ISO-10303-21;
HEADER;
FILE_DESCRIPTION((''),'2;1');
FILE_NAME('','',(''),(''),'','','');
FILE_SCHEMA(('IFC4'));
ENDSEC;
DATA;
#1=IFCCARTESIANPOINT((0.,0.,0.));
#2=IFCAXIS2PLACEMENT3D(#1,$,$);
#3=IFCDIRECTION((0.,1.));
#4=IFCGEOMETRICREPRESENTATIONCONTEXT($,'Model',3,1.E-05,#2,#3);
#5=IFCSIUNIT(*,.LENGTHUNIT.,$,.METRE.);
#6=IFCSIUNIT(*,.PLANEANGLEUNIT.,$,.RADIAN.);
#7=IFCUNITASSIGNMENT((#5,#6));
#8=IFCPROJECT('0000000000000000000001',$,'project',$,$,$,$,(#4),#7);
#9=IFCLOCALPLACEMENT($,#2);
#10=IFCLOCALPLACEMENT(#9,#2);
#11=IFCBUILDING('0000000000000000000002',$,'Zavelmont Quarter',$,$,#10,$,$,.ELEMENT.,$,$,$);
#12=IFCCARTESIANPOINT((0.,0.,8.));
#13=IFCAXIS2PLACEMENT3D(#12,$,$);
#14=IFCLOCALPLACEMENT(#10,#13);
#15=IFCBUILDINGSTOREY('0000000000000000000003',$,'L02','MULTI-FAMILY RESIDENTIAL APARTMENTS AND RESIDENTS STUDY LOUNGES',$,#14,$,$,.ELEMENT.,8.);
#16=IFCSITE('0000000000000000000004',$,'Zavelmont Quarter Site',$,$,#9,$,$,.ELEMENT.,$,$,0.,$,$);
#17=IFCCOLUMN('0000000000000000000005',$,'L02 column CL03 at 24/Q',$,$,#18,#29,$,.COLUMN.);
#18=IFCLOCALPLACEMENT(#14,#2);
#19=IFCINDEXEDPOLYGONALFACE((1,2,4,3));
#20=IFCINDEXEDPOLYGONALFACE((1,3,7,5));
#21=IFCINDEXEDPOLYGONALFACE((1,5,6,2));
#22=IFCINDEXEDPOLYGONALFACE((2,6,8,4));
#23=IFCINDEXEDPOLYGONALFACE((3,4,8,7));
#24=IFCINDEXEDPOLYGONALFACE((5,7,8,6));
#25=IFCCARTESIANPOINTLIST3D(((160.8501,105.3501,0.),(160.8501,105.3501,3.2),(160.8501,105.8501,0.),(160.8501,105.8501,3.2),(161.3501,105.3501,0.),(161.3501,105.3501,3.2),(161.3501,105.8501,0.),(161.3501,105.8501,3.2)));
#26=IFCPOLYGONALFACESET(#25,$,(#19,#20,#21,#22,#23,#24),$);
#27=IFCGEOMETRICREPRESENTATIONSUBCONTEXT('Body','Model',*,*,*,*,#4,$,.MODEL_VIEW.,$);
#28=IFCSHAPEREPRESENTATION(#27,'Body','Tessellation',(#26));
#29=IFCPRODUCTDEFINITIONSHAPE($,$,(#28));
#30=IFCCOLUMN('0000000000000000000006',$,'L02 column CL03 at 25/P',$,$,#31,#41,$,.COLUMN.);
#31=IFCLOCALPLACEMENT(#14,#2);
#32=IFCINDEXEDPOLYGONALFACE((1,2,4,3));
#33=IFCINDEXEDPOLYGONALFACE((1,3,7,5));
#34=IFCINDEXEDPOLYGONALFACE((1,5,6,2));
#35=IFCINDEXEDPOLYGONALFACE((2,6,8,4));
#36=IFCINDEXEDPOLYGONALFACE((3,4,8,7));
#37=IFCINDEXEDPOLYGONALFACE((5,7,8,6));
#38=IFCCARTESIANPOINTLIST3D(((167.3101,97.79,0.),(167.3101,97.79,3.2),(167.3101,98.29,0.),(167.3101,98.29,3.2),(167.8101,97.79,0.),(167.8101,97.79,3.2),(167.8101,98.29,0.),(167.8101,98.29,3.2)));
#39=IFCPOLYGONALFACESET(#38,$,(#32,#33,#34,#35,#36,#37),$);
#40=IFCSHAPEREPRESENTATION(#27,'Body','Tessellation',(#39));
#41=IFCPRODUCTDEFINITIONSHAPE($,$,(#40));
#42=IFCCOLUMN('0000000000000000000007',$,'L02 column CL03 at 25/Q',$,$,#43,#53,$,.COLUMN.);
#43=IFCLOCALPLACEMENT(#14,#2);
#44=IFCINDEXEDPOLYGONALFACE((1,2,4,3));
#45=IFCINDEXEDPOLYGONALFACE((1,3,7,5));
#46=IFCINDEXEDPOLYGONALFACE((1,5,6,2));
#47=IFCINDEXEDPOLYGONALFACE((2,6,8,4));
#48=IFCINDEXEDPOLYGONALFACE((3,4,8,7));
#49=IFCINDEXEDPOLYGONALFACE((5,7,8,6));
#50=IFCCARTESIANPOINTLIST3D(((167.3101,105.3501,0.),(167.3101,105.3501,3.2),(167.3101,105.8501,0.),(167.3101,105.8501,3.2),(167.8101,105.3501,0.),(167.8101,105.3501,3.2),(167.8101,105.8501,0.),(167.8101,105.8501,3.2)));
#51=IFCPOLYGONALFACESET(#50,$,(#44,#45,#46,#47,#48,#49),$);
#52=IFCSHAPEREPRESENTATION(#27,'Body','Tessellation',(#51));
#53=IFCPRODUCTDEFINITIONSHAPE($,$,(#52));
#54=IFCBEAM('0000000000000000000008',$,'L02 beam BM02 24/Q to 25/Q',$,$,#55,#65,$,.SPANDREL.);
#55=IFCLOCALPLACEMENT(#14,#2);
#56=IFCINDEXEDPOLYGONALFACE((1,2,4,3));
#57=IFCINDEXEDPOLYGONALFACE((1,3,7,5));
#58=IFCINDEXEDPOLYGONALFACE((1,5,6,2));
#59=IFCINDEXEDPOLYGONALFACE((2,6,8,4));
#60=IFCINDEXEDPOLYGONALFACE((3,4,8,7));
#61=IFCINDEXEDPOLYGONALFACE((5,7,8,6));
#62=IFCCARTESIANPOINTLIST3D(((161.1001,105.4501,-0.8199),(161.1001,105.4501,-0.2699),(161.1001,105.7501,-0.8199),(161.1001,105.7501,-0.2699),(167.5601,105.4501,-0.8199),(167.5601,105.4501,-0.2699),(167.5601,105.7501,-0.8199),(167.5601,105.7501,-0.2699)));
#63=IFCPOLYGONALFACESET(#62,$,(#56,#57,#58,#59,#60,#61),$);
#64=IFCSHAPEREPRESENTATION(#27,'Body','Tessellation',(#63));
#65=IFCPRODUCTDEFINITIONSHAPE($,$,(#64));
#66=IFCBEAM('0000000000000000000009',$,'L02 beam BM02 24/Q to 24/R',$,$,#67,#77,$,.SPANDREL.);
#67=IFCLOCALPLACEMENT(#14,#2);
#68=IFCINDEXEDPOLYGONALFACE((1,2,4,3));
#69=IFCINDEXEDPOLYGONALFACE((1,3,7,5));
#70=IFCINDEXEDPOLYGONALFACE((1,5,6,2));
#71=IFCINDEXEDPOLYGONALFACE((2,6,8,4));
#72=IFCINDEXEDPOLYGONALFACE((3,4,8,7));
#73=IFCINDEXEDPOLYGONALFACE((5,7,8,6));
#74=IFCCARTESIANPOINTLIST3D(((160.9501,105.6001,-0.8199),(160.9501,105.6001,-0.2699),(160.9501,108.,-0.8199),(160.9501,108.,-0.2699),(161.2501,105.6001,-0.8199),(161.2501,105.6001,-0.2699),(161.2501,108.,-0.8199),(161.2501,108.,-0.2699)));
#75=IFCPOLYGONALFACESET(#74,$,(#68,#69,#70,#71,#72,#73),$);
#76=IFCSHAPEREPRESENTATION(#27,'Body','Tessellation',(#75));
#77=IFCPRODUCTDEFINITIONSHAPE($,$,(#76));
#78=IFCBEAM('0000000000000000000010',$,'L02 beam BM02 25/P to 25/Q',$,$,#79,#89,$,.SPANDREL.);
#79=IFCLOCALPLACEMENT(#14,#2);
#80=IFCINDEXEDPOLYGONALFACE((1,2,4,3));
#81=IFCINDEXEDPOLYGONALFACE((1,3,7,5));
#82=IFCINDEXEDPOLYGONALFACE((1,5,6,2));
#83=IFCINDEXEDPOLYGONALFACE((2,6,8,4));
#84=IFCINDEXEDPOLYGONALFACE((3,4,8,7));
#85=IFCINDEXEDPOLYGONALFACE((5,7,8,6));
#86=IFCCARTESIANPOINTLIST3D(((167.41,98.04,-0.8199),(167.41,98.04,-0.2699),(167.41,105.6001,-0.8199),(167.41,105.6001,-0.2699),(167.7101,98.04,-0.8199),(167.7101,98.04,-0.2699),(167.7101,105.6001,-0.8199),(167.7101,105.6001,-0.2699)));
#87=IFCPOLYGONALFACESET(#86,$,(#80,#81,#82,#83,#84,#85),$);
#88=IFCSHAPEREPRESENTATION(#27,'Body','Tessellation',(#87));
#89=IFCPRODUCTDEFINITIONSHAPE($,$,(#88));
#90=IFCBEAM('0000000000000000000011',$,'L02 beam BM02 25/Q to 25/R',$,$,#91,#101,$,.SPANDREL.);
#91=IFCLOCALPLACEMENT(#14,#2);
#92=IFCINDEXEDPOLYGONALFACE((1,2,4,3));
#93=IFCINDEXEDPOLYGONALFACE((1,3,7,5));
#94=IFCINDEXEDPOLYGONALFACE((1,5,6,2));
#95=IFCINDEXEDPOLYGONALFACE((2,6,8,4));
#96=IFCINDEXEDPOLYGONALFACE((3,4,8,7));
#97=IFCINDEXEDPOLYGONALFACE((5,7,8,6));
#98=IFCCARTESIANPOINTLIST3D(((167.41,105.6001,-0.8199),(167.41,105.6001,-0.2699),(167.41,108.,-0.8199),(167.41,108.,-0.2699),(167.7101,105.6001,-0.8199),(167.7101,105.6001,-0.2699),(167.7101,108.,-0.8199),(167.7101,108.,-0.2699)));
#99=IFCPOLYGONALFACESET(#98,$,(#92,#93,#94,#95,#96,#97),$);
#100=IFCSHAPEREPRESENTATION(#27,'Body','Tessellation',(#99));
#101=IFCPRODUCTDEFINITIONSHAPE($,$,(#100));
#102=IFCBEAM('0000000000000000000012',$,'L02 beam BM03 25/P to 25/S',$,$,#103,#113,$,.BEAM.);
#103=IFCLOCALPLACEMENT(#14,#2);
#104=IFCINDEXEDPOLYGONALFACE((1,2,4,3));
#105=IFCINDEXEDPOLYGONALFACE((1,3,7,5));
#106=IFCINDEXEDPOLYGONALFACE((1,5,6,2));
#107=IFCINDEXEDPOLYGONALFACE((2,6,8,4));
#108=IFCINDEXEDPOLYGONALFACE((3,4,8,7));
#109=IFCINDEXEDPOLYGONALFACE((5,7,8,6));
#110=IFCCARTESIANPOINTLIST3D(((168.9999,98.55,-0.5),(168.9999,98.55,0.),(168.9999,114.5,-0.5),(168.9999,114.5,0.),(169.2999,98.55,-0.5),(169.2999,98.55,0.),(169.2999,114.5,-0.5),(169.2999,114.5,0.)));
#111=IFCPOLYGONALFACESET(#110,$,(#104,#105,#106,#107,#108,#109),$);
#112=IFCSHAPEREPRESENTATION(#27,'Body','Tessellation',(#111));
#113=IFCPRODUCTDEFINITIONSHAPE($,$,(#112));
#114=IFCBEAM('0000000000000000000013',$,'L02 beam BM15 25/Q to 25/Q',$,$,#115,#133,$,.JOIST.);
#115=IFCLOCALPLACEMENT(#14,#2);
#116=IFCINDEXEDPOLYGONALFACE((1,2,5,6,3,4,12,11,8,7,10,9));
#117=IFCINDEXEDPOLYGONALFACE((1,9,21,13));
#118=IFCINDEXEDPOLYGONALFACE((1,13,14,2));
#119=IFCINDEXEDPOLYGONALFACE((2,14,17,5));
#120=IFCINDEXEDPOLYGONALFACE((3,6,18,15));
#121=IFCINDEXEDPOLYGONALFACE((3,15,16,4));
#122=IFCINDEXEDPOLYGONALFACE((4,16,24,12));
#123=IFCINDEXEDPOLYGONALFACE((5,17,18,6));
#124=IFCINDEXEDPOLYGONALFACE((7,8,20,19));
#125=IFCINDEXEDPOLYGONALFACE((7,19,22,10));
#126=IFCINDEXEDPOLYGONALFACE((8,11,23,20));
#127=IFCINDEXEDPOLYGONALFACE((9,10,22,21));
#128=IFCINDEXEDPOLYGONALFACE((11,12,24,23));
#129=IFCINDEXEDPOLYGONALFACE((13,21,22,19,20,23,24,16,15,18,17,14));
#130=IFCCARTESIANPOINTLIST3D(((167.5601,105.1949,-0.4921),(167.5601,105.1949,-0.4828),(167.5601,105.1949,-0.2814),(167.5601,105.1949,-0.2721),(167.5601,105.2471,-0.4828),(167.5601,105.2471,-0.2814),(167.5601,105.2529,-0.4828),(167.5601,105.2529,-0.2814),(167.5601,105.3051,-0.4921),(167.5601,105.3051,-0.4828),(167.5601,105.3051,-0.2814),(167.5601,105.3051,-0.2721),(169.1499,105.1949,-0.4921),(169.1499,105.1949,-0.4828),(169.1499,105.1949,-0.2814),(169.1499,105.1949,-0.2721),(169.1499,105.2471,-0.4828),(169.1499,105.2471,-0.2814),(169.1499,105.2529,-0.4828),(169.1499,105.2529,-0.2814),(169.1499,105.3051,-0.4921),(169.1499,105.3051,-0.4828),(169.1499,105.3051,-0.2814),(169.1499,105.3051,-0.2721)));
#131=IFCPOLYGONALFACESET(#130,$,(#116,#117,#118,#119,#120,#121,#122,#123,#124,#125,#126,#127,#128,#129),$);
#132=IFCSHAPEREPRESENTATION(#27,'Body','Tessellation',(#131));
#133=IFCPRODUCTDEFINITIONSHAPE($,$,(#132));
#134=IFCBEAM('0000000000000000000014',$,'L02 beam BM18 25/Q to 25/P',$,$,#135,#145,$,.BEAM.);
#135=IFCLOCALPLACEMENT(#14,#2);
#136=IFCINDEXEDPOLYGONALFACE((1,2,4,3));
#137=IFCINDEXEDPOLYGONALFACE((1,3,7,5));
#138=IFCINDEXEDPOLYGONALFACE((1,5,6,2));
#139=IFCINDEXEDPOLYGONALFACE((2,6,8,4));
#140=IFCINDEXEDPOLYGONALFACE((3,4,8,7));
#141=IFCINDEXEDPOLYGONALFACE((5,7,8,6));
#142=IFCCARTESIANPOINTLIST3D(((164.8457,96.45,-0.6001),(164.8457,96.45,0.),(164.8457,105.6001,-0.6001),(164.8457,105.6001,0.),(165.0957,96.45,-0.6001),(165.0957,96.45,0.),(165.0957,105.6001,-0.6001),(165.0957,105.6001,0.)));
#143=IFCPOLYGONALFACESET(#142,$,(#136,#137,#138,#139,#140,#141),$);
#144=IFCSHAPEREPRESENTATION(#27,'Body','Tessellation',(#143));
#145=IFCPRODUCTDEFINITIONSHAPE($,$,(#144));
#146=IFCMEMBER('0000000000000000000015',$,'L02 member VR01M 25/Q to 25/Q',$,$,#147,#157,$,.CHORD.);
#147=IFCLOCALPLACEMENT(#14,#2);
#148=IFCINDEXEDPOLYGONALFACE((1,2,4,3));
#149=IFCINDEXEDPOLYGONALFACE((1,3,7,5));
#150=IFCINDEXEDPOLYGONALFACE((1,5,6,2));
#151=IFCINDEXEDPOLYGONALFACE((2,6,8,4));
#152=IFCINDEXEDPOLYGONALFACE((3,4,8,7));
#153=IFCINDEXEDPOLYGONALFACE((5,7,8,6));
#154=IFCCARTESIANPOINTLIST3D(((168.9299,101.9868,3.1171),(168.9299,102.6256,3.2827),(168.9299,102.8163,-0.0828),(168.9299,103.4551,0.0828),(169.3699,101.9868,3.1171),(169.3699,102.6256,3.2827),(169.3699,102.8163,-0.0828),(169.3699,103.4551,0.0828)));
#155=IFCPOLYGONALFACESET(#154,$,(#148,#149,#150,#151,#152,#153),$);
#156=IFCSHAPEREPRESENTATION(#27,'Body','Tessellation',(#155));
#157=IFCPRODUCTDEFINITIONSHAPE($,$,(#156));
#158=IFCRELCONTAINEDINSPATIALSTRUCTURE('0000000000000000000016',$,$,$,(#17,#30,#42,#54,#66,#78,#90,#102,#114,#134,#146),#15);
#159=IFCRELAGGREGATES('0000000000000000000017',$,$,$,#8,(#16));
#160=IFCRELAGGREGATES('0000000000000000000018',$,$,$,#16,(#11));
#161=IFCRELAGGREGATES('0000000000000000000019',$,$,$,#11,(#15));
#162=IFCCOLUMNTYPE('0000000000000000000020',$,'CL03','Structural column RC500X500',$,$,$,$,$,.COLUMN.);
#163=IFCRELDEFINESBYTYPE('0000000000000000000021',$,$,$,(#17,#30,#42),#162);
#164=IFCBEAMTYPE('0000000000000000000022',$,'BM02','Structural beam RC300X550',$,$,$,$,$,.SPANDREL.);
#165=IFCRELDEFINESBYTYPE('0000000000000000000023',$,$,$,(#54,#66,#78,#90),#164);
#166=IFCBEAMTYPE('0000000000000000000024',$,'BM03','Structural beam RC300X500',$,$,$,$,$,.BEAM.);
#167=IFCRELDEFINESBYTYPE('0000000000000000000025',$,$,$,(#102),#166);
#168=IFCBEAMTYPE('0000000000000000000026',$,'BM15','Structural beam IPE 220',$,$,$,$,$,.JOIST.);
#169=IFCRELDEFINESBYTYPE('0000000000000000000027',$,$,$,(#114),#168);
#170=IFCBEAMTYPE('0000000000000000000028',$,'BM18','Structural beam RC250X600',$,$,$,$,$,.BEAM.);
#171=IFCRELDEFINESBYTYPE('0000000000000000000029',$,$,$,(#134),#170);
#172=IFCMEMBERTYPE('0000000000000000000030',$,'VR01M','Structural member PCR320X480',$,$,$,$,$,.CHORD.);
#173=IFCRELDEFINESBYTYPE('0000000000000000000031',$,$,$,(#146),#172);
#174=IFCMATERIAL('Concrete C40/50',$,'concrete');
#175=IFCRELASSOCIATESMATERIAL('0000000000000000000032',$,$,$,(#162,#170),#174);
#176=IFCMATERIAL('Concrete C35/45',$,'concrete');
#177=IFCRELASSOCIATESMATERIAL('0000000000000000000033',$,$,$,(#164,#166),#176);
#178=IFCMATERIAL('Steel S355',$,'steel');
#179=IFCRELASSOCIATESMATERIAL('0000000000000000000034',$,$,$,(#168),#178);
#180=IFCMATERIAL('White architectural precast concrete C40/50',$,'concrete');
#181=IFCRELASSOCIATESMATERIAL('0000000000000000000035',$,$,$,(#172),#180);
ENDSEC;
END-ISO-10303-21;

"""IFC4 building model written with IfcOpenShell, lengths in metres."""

from ifc_helpers import new_model, si_unit, direction, frame, origin, origin_2d, place, context, subcontext, project, spatial, rectangle, i_section, extrude, material, material_profile, profile_set, type_object, element, save


model = new_model("IFC4")

# Units and contexts
model_context = context("Model", 3, precision=1e-05, world=origin(), true_north=direction((0.0, 1.0)))
body_context = subcontext(model_context, "Body", "Model", "MODEL_VIEW")
ifc_project = project(units=[si_unit("LENGTHUNIT", "METRE"), si_unit("PLANEANGLEUNIT", "RADIAN")], contexts=[model_context])

# Site, building, storey
site_placement = place(None, origin())
site = spatial("IfcSite", under=ifc_project, at=site_placement, Name="Zavelmont Quarter Site", CompositionType="ELEMENT", RefElevation=0.0)
building_placement = place(site_placement, origin())
building = spatial("IfcBuilding", under=site, at=building_placement, Name="Zavelmont Quarter", CompositionType="ELEMENT")
storey_placement = place(building_placement, frame((0.0, 0.0, 8.0)))
storey = spatial("IfcBuildingStorey", under=building, at=storey_placement, Name="L02", Description="MULTI-FAMILY RESIDENTIAL APARTMENTS AND RESIDENTS STUDY LOUNGES", CompositionType="ELEMENT", Elevation=8.0)

# Columns
ifc_material_1 = material(Name="Concrete C40/50", Category="concrete")
ifc_material_profile_1 = material_profile(ifc_material_1, rectangle(XDim=0.5, YDim=0.5, at=origin_2d()), Name="RC500X500")
ifc_profile_set_1 = profile_set([ifc_material_profile_1], Name="Concrete C40/50")
column_type = type_object("IfcColumnType", Name="CL03", Description="Structural column RC500X500", PredefinedType="COLUMN", material=ifc_profile_set_1)
for number, where, z_axis, x_axis, name in (
    (1, (161.1001, 105.6001, 0.0), (0.0, 0.0, 1.0), (1.0, 0.0, 0.0), "L02 column CL03 at 24/Q"),
    (2, (167.5601, 98.04, 0.0), (0.0, 0.0, 1.0), (1.0, 0.0, 0.0), "L02 column CL03 at 25/P"),
    (3, (167.5601, 105.6001, 0.0), (0.0, 0.0, 1.0), (1.0, 0.0, 0.0), "L02 column CL03 at 25/Q"),
):
    element("IfcColumn", number, at=place(storey_placement, frame(where, z_axis=z_axis, x_axis=x_axis)), inside=storey, type_object=column_type, Name=name, PredefinedType="COLUMN", context=body_context, shape_type="SweptSolid", body=[
        extrude(rectangle(XDim=0.5, YDim=0.5, at=origin_2d()), origin(), (0.0, 0.0, 1.0), 3.2),
    ])

# Beams
ifc_material_2 = material(Name="Concrete C35/45", Category="concrete")
ifc_material_profile_2 = material_profile(ifc_material_2, rectangle(XDim=0.3, YDim=0.55, at=origin_2d()), Name="RC300X550")
ifc_profile_set_2 = profile_set([ifc_material_profile_2], Name="Concrete C35/45")
beam_type_1 = type_object("IfcBeamType", Name="BM02", Description="Structural beam RC300X550", PredefinedType="SPANDREL", material=ifc_profile_set_2)
beam_1_placement = place(storey_placement, frame((161.1001, 105.6001, -0.5449), z_axis=(1.0, 0.0, 0.0), x_axis=(0.0, 1.0, 0.0)))
element("IfcBeam", 4, at=beam_1_placement, inside=storey, type_object=beam_type_1, Name="L02 beam BM02 24/Q to 25/Q", PredefinedType="SPANDREL", context=body_context, shape_type="SweptSolid", body=[
    extrude(rectangle(XDim=0.3, YDim=0.55, at=origin_2d()), origin(), (0.0, 0.0, 1.0), 6.46),
])
beam_2_placement = place(storey_placement, frame((161.1001, 105.6001, -0.5449), z_axis=(0.0, 1.0, 0.0), x_axis=(-1.0, 0.0, 0.0)))
element("IfcBeam", 5, at=beam_2_placement, inside=storey, type_object=beam_type_1, Name="L02 beam BM02 24/Q to 24/R", PredefinedType="SPANDREL", context=body_context, shape_type="SweptSolid", body=[
    extrude(rectangle(XDim=0.3, YDim=0.55, at=origin_2d()), origin(), (0.0, 0.0, 1.0), 2.3999),
])
beam_3_placement = place(storey_placement, frame((167.5601, 98.04, -0.5449), z_axis=(0.0, 1.0, 0.0), x_axis=(-1.0, 0.0, 0.0)))
element("IfcBeam", 6, at=beam_3_placement, inside=storey, type_object=beam_type_1, Name="L02 beam BM02 25/P to 25/Q", PredefinedType="SPANDREL", context=body_context, shape_type="SweptSolid", body=[
    extrude(rectangle(XDim=0.3, YDim=0.55, at=origin_2d()), origin(), (0.0, 0.0, 1.0), 7.5601),
])
beam_4_placement = place(storey_placement, frame((167.5601, 105.6001, -0.5449), z_axis=(0.0, 1.0, 0.0), x_axis=(-1.0, 0.0, 0.0)))
element("IfcBeam", 7, at=beam_4_placement, inside=storey, type_object=beam_type_1, Name="L02 beam BM02 25/Q to 25/R", PredefinedType="SPANDREL", context=body_context, shape_type="SweptSolid", body=[
    extrude(rectangle(XDim=0.3, YDim=0.55, at=origin_2d()), origin(), (0.0, 0.0, 1.0), 2.3999),
])
ifc_material_profile_3 = material_profile(ifc_material_2, rectangle(XDim=0.3, YDim=0.5, at=origin_2d()), Name="RC300X500")
ifc_profile_set_3 = profile_set([ifc_material_profile_3], Name="Concrete C35/45")
beam_type_2 = type_object("IfcBeamType", Name="BM03", Description="Structural beam RC300X500", PredefinedType="BEAM", material=ifc_profile_set_3)
beam_5_placement = place(storey_placement, frame((169.1499, 98.55, -0.25), z_axis=(0.0, 1.0, 0.0), x_axis=(-1.0, 0.0, 0.0)))
element("IfcBeam", 8, at=beam_5_placement, inside=storey, type_object=beam_type_2, Name="L02 beam BM03 25/P to 25/S", PredefinedType="BEAM", context=body_context, shape_type="SweptSolid", body=[
    extrude(rectangle(XDim=0.3, YDim=0.5, at=origin_2d()), origin(), (0.0, 0.0, 1.0), 15.95),
])
ifc_material_3 = material(Name="Steel S355", Category="steel")
ifc_material_profile_4 = material_profile(ifc_material_3, i_section(OverallWidth=0.1101, OverallDepth=0.22, WebThickness=0.0059, FlangeThickness=0.0093, at=origin_2d()), Name="IPE 220")
ifc_profile_set_4 = profile_set([ifc_material_profile_4], Name="Steel S355")
beam_type_3 = type_object("IfcBeamType", Name="BM15", Description="Structural beam IPE 220", PredefinedType="JOIST", material=ifc_profile_set_4)
beam_6_placement = place(storey_placement, frame((167.5601, 105.25, -0.3821), z_axis=(1.0, 0.0, 0.0), x_axis=(0.0, 1.0, 0.0)))
element("IfcBeam", 9, at=beam_6_placement, inside=storey, type_object=beam_type_3, Name="L02 beam BM15 25/Q to 25/Q", PredefinedType="JOIST", context=body_context, shape_type="SweptSolid", body=[
    extrude(i_section(OverallWidth=0.1101, OverallDepth=0.22, WebThickness=0.0059, FlangeThickness=0.0093, at=origin_2d()), origin(), (0.0, 0.0, 1.0), 1.5898),
])
ifc_material_profile_5 = material_profile(ifc_material_1, rectangle(XDim=0.25, YDim=0.6001, at=origin_2d()), Name="RC250X600")
ifc_profile_set_5 = profile_set([ifc_material_profile_5], Name="Concrete C40/50")
beam_type_4 = type_object("IfcBeamType", Name="BM18", Description="Structural beam RC250X600", PredefinedType="BEAM", material=ifc_profile_set_5)
beam_7_placement = place(storey_placement, frame((164.9707, 105.6001, -0.3), z_axis=(0.0, -1.0, 0.0), x_axis=(1.0, 0.0, 0.0)))
element("IfcBeam", 10, at=beam_7_placement, inside=storey, type_object=beam_type_4, Name="L02 beam BM18 25/Q to 25/P", PredefinedType="BEAM", context=body_context, shape_type="SweptSolid", body=[
    extrude(rectangle(XDim=0.25, YDim=0.6001, at=origin_2d()), origin(), (0.0, 0.0, 1.0), 9.1501),
])

# Member
ifc_material_4 = material(Name="White architectural precast concrete C40/50", Category="concrete")
ifc_material_profile_6 = material_profile(ifc_material_4, rectangle(XDim=0.4399, YDim=0.6599, at=origin_2d()), Name="PCR320X480")
ifc_profile_set_6 = profile_set([ifc_material_profile_6], Name="White architectural precast concrete C40/50")
member_type = type_object("IfcMemberType", Name="VR01M", Description="Structural member PCR320X480", PredefinedType="CHORD", material=ifc_profile_set_6)
member_placement = place(storey_placement, frame((169.1499, 103.1357, 0.0), z_axis=(0.0, -0.250954, 0.967999), x_axis=(1.0, 0.0, 0.0)))
element("IfcMember", 11, at=member_placement, inside=storey, type_object=member_type, Name="L02 member VR01M 25/Q to 25/Q", PredefinedType="CHORD", context=body_context, shape_type="SweptSolid", body=[
    extrude(rectangle(XDim=0.4399, YDim=0.6599, at=origin_2d()), origin(), (0.0, 0.0, 1.0), 3.3057),
])

save(model, "model.ifc")
